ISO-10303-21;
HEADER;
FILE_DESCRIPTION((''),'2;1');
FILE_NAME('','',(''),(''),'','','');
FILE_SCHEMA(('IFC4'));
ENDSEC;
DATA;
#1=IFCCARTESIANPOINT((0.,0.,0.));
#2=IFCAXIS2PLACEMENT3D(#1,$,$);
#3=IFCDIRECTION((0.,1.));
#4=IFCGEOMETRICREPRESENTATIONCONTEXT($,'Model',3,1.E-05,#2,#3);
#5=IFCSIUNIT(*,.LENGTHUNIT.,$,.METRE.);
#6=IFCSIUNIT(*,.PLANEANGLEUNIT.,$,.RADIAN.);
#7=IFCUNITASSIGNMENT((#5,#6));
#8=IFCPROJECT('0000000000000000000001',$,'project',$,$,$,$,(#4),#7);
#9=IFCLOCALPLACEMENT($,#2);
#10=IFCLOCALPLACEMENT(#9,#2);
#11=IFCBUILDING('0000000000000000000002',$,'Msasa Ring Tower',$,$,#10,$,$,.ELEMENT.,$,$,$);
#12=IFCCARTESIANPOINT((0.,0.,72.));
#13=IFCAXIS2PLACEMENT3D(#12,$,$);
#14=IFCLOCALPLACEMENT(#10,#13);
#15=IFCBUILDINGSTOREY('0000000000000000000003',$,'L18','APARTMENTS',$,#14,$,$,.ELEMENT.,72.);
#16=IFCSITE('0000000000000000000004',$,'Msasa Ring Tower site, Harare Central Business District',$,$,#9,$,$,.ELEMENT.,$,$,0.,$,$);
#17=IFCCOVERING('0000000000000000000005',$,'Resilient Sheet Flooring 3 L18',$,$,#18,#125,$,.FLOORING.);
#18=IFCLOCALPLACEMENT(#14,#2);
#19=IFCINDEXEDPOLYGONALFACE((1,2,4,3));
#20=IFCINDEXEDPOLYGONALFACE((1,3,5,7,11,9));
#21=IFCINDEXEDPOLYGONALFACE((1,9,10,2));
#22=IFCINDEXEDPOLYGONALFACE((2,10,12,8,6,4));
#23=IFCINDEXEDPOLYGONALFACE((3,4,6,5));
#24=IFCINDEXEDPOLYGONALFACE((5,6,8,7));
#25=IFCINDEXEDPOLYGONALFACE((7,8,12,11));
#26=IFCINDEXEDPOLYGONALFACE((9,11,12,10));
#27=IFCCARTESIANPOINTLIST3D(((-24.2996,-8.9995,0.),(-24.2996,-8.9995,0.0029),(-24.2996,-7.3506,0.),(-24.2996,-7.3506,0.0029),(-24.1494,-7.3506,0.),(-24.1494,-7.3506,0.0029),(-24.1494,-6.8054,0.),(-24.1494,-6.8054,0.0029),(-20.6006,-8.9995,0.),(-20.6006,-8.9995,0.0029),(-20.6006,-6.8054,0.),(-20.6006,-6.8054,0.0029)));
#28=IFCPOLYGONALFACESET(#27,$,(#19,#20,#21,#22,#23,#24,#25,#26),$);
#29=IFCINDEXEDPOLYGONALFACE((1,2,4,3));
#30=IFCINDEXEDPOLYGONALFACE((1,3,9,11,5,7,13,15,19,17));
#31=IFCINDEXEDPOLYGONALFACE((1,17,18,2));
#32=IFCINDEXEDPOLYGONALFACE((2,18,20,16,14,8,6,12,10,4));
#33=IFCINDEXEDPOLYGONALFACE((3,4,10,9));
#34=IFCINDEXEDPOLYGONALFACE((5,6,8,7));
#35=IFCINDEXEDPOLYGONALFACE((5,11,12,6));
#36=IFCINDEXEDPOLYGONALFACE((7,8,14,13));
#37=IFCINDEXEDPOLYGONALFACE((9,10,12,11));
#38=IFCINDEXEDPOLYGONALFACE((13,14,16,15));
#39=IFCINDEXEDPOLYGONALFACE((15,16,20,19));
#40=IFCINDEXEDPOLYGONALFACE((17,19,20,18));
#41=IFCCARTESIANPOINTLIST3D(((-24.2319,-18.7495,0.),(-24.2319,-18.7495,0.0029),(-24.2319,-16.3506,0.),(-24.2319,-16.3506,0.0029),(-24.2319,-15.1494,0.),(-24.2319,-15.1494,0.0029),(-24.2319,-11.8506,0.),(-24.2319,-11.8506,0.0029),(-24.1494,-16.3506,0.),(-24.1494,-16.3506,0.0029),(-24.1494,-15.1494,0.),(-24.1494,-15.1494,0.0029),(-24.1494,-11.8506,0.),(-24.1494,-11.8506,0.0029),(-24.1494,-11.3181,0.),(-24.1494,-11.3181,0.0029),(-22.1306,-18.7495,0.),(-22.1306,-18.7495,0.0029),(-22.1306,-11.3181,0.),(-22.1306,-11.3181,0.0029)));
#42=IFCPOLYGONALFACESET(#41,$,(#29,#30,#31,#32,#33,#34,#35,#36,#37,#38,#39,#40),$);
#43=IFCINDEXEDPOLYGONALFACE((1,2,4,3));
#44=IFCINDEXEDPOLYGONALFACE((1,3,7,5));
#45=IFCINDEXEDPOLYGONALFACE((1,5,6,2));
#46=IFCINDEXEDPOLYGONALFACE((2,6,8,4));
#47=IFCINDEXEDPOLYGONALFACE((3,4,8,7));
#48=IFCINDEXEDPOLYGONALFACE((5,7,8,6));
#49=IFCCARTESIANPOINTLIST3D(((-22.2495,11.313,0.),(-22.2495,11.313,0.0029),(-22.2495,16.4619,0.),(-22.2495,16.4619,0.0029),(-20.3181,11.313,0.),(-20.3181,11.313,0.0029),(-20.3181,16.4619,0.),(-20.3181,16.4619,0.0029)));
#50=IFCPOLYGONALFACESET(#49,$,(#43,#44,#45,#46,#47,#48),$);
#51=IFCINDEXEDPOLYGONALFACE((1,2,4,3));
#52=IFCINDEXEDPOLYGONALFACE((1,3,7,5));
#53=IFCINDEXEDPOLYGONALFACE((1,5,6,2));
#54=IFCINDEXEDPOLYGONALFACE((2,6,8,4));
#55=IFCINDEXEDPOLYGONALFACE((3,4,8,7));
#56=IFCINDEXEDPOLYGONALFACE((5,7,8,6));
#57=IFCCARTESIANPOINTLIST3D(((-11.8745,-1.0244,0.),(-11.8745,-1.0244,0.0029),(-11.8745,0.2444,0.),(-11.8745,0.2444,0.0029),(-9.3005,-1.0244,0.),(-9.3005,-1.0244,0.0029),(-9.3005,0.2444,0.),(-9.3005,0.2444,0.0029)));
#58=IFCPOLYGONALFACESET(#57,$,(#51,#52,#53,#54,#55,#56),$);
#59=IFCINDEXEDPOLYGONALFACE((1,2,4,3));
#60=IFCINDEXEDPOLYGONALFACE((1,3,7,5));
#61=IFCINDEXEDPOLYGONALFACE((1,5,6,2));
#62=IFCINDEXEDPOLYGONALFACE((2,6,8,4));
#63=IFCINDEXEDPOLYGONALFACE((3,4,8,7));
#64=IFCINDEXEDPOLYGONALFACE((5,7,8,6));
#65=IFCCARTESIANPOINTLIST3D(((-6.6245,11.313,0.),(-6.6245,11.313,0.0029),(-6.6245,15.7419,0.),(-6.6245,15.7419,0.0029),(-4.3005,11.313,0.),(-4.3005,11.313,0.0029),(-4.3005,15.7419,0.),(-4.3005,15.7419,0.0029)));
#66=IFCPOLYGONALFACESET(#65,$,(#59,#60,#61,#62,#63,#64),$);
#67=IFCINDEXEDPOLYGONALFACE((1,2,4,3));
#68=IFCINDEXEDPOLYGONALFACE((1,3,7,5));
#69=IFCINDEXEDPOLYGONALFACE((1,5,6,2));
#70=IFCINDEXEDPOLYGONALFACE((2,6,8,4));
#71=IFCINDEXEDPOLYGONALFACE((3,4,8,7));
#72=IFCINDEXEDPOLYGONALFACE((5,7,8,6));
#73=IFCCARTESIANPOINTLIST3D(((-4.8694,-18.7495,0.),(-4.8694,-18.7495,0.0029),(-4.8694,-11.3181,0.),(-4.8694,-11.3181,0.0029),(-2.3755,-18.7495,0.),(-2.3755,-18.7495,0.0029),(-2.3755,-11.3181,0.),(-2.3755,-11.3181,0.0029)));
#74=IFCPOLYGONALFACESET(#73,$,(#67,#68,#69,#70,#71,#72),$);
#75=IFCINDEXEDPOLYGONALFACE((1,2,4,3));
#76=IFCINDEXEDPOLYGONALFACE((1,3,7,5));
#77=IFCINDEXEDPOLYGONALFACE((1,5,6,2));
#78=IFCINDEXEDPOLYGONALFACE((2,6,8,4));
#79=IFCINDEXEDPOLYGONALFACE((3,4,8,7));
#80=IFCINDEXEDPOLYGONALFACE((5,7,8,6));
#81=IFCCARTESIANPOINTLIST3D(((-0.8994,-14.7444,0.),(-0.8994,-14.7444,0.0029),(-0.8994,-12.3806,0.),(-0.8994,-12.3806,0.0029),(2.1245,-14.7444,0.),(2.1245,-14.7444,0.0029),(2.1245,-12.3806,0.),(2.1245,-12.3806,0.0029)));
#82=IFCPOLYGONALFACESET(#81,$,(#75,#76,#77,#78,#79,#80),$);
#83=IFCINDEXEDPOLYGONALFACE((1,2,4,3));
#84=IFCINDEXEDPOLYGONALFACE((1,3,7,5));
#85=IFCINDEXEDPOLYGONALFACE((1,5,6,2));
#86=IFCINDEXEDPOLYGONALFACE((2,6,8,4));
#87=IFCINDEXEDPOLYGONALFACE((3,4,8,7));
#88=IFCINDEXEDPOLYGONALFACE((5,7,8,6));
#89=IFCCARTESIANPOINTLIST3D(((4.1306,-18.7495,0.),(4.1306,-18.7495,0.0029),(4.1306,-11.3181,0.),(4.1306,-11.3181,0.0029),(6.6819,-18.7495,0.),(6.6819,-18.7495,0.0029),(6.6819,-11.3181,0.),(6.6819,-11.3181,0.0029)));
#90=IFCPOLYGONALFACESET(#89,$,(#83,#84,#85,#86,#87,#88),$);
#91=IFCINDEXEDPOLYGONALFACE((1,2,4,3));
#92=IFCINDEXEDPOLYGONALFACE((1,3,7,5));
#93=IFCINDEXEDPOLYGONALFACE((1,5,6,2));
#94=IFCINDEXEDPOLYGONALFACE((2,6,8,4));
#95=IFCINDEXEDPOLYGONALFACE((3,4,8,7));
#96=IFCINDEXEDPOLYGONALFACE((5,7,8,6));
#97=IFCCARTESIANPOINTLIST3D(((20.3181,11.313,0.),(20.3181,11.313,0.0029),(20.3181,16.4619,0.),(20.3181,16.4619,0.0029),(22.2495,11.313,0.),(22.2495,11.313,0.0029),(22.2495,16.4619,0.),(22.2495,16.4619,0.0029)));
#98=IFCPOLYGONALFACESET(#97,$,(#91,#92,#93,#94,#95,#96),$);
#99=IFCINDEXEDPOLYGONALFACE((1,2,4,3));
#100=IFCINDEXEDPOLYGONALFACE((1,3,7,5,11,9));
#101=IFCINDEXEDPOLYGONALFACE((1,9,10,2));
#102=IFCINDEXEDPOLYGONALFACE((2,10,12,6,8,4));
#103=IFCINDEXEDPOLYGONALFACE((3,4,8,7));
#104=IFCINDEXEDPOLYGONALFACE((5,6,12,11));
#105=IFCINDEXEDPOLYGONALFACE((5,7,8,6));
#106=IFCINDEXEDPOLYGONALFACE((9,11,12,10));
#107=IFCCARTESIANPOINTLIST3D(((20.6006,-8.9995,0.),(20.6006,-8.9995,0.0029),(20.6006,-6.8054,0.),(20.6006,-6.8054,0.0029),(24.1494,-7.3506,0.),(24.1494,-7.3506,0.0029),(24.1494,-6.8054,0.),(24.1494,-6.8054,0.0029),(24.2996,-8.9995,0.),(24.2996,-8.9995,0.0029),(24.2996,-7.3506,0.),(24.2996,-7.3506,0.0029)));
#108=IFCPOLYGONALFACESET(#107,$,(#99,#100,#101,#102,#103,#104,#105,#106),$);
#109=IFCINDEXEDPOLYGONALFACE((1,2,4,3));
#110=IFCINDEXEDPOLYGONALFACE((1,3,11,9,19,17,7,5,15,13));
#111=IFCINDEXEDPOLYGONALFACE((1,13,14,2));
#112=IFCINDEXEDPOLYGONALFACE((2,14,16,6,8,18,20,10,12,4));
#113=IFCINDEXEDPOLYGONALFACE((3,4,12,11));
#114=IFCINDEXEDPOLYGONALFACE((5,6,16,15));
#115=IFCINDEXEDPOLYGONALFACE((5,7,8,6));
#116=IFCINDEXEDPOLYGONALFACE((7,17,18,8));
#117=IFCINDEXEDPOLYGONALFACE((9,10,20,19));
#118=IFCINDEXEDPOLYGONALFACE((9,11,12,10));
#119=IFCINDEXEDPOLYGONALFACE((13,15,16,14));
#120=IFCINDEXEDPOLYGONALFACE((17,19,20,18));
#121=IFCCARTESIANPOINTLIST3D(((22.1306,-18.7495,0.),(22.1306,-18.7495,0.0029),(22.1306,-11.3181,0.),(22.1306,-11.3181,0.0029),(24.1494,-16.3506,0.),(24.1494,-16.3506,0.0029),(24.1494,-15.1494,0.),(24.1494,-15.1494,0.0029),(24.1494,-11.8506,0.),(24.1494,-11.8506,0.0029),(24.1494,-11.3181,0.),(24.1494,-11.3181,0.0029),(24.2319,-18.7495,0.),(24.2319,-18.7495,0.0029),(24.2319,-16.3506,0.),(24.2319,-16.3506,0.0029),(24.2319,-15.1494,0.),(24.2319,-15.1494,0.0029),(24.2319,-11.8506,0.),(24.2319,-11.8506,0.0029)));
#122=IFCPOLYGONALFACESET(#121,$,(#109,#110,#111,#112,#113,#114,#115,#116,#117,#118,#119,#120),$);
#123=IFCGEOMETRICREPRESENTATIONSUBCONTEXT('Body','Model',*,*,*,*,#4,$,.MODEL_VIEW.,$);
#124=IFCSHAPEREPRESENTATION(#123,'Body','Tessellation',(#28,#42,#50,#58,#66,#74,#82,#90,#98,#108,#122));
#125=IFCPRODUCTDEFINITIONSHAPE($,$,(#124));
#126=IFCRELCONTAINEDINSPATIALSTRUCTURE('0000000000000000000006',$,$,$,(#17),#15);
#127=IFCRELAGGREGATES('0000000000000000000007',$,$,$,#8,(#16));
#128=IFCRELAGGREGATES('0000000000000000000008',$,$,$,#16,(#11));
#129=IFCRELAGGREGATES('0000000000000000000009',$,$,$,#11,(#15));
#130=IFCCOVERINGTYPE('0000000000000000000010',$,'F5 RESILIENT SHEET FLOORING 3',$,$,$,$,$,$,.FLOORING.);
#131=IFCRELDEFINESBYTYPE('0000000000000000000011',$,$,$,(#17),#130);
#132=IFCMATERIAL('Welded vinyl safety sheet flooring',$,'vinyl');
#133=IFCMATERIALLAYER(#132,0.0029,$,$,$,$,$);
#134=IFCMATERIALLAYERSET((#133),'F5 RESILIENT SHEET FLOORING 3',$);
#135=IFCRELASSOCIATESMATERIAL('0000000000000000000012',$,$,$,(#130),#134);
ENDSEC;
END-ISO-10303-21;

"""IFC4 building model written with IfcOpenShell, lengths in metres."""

from ifc_helpers import new_model, si_unit, direction, frame, origin, place, context, subcontext, project, spatial, line, indexed_curve, outline, extrude, material, layer, layer_set, type_object, element, save


model = new_model("IFC4")

# Units and contexts
model_context = context("Model", 3, precision=1e-05, world=origin(), true_north=direction((0.0, 1.0)))
body_context = subcontext(model_context, "Body", "Model", "MODEL_VIEW")
ifc_project = project(units=[si_unit("LENGTHUNIT", "METRE"), si_unit("PLANEANGLEUNIT", "RADIAN")], contexts=[model_context])

# Site, building, storey
site_placement = place(None, origin())
site = spatial("IfcSite", under=ifc_project, at=site_placement, Name="Msasa Ring Tower site, Harare Central Business District", CompositionType="ELEMENT", RefElevation=0.0)
building_placement = place(site_placement, origin())
building = spatial("IfcBuilding", under=site, at=building_placement, Name="Msasa Ring Tower", CompositionType="ELEMENT")
storey_placement = place(building_placement, frame((0.0, 0.0, 72.0)))
storey = spatial("IfcBuildingStorey", under=building, at=storey_placement, Name="L18", Description="APARTMENTS", CompositionType="ELEMENT", Elevation=72.0)

# Covering
ifc_material_1 = material(Name="Welded vinyl safety sheet flooring", Category="vinyl")
ifc_layer_1 = layer(ifc_material_1, 0.0029)
ifc_layer_set_1 = layer_set([ifc_layer_1], Name="F5 RESILIENT SHEET FLOORING 3")
covering_type_1 = type_object("IfcCoveringType", Name="F5 RESILIENT SHEET FLOORING 3", PredefinedType="FLOORING", material=ifc_layer_set_1)
covering_1_placement = place(storey_placement, origin())
element("IfcCovering", 1, at=covering_1_placement, inside=storey, type_object=covering_type_1, Name="Resilient Sheet Flooring 3 L18", PredefinedType="FLOORING", context=body_context, shape_type="SweptSolid", body=[
    extrude(outline(indexed_curve([(-20.6006, -8.9995), (-24.2996, -8.9995), (-24.2996, -7.3506), (-24.1494, -7.3506), (-24.1494, -6.8054), (-20.6006, -6.8054)], segments=[line(1, 2, 3, 4, 5, 6, 1)], self_intersect=False)), origin(), (0.0, 0.0, 1.0), 0.0029),
    extrude(outline(indexed_curve([(-24.2319, -16.3506), (-24.1494, -16.3506), (-24.1494, -15.1494), (-24.2319, -15.1494), (-24.2319, -11.8506), (-24.1494, -11.8506), (-24.1494, -11.3181), (-22.1306, -11.3181), (-22.1306, -18.7495), (-24.2319, -18.7495)], segments=[line(1, 2, 3, 4, 5, 6, 7, 8, 9, 10, 1)], self_intersect=False)), origin(), (0.0, 0.0, 1.0), 0.0029),
    extrude(outline(indexed_curve([(-22.2495, 16.4619), (-20.3181, 16.4619), (-20.3181, 11.313), (-22.2495, 11.313)], segments=[line(1, 2, 3, 4, 1)], self_intersect=False)), origin(), (0.0, 0.0, 1.0), 0.0029),
    extrude(outline(indexed_curve([(-9.3005, 0.2444), (-9.3005, -1.0244), (-11.8745, -1.0244), (-11.8745, 0.2444)], segments=[line(1, 2, 3, 4, 1)], self_intersect=False)), origin(), (0.0, 0.0, 1.0), 0.0029),
    extrude(outline(indexed_curve([(-4.3005, 15.7419), (-4.3005, 11.313), (-6.6245, 11.313), (-6.6245, 15.7419)], segments=[line(1, 2, 3, 4, 1)], self_intersect=False)), origin(), (0.0, 0.0, 1.0), 0.0029),
    extrude(outline(indexed_curve([(-4.8694, -11.3181), (-2.3755, -11.3181), (-2.3755, -18.7495), (-4.8694, -18.7495)], segments=[line(1, 2, 3, 4, 1)], self_intersect=False)), origin(), (0.0, 0.0, 1.0), 0.0029),
    extrude(outline(indexed_curve([(2.1245, -12.3806), (2.1245, -14.7444), (-0.8994, -14.7444), (-0.8994, -12.3806)], segments=[line(1, 2, 3, 4, 1)], self_intersect=False)), origin(), (0.0, 0.0, 1.0), 0.0029),
    extrude(outline(indexed_curve([(6.6819, -11.3181), (6.6819, -18.7495), (4.1306, -18.7495), (4.1306, -11.3181)], segments=[line(1, 2, 3, 4, 1)], self_intersect=False)), origin(), (0.0, 0.0, 1.0), 0.0029),
    extrude(outline(indexed_curve([(22.2495, 16.4619), (22.2495, 11.313), (20.3181, 11.313), (20.3181, 16.4619)], segments=[line(1, 2, 3, 4, 1)], self_intersect=False)), origin(), (0.0, 0.0, 1.0), 0.0029),
    extrude(outline(indexed_curve([(20.6006, -6.8054), (24.1494, -6.8054), (24.1494, -7.3506), (24.2996, -7.3506), (24.2996, -8.9995), (20.6006, -8.9995)], segments=[line(1, 2, 3, 4, 5, 6, 1)], self_intersect=False)), origin(), (0.0, 0.0, 1.0), 0.0029),
    extrude(outline(indexed_curve([(24.1494, -11.3181), (24.1494, -11.8506), (24.2319, -11.8506), (24.2319, -15.1494), (24.1494, -15.1494), (24.1494, -16.3506), (24.2319, -16.3506), (24.2319, -18.7495), (22.1306, -18.7495), (22.1306, -11.3181)], segments=[line(1, 2, 3, 4, 5, 6, 7, 8, 9, 10, 1)], self_intersect=False)), origin(), (0.0, 0.0, 1.0), 0.0029),
])

save(model, "model.ifc")
